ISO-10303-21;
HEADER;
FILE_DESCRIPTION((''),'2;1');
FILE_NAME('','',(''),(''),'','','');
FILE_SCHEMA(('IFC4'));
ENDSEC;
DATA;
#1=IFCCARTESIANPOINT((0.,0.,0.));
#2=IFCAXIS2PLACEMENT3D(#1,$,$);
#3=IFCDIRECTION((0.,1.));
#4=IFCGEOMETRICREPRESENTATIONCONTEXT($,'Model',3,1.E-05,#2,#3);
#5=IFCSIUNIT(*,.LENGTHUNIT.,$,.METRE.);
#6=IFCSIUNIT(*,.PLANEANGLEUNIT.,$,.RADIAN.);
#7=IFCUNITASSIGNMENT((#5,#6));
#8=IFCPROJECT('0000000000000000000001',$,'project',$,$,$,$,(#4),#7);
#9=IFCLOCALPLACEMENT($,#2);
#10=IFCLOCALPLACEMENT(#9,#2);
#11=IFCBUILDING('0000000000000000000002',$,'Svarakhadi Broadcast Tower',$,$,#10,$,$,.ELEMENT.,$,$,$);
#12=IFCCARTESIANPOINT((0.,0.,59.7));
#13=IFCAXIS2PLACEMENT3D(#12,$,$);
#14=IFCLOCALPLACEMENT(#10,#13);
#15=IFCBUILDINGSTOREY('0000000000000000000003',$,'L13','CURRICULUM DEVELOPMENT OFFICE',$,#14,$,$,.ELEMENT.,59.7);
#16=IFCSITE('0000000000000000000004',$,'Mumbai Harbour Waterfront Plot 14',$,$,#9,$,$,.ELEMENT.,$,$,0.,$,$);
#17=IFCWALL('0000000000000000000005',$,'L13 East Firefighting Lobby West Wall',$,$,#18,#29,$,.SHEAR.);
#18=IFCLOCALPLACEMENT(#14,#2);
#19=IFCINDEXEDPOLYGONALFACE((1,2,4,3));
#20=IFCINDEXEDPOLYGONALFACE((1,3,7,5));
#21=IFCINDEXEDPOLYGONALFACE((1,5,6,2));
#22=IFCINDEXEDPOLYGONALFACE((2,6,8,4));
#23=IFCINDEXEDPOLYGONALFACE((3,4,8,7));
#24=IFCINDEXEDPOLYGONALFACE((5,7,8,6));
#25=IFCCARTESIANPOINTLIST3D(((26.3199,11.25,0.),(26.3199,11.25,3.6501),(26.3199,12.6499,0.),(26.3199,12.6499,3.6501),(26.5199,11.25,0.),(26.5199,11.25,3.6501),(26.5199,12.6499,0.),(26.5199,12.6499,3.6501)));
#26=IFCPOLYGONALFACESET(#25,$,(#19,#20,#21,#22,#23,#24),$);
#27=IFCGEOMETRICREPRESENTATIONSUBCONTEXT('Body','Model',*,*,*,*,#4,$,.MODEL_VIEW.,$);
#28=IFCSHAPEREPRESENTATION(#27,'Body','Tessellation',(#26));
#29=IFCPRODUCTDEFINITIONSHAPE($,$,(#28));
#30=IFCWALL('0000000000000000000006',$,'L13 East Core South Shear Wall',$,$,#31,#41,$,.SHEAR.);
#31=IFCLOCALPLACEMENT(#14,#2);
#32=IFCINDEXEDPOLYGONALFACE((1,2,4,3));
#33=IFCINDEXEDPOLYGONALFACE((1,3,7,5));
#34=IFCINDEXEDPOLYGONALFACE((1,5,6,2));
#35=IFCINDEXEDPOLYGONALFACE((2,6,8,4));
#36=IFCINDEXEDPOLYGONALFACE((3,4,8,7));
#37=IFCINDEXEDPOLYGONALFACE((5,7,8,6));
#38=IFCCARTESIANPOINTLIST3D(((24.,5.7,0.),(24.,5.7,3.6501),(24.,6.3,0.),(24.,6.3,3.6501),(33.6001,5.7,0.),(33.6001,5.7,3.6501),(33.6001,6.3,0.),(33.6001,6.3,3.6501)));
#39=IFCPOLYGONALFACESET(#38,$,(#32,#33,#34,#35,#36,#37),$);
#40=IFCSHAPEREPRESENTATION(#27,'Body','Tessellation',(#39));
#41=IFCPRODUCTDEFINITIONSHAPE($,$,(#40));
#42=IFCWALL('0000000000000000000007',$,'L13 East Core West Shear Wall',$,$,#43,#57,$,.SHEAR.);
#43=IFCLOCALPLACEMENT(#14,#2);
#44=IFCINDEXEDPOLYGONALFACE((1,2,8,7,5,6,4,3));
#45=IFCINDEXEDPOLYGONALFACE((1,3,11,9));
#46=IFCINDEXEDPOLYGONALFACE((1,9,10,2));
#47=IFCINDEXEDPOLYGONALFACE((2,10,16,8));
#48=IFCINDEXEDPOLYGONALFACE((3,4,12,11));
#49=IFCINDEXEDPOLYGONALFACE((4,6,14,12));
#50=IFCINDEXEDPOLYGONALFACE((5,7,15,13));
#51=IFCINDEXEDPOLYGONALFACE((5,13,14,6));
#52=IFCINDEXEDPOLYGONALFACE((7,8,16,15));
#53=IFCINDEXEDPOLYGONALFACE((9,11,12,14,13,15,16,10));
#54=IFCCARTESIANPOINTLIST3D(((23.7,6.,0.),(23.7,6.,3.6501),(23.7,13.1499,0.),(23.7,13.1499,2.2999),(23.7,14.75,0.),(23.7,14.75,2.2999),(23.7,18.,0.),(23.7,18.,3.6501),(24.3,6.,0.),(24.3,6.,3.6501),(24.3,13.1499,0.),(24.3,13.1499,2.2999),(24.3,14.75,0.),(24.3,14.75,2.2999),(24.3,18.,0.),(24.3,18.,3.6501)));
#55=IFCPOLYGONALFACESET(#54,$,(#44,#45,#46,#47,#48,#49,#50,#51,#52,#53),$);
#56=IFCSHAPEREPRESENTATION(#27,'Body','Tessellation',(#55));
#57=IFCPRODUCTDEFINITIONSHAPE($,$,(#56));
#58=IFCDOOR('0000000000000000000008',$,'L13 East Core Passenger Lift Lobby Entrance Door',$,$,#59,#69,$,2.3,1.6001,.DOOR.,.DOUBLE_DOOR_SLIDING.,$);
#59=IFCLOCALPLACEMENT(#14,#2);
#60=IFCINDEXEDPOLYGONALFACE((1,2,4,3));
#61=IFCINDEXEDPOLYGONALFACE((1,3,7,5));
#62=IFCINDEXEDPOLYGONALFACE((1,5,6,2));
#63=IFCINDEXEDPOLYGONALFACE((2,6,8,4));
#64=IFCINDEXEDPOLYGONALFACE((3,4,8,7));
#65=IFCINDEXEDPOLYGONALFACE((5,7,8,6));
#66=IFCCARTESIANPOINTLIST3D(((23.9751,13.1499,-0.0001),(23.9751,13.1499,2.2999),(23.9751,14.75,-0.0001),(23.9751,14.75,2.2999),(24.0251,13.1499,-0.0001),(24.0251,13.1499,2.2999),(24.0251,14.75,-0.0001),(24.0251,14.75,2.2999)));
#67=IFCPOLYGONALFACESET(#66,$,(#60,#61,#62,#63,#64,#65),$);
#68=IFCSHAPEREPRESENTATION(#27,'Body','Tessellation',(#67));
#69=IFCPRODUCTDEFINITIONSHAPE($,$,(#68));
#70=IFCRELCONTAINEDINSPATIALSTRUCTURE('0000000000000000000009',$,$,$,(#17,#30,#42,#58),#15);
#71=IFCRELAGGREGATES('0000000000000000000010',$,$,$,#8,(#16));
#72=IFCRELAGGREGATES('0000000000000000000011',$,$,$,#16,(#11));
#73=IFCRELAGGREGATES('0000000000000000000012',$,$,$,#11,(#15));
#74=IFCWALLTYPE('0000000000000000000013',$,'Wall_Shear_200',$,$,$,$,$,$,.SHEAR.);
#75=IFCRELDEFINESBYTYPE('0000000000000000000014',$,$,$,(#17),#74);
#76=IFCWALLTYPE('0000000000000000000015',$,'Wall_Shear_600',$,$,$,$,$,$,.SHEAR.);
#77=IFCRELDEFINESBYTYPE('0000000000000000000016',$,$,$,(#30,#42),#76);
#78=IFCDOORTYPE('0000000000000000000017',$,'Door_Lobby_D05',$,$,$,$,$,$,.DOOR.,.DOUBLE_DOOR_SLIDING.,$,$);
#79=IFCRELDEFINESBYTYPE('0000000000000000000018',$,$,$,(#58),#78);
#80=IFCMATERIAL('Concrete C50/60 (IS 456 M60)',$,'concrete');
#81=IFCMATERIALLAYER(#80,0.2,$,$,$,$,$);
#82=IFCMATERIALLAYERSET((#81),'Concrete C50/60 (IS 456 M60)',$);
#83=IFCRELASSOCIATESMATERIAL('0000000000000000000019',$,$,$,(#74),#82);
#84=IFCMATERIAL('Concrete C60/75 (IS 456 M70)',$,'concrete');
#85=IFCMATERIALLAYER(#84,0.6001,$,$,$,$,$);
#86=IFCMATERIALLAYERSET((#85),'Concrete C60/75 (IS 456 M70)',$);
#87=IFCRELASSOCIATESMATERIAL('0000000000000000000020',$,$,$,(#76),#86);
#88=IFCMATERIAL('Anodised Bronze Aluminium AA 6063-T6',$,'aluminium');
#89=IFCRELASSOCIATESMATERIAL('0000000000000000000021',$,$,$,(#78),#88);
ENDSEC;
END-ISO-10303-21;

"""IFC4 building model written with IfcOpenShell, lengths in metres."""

from ifc_helpers import new_model, si_unit, direction, frame, frame_2d, origin, place, context, subcontext, project, spatial, rectangle, extrude, material, layer, layer_set, type_object, element, fill, save


model = new_model("IFC4")

# Units and contexts
model_context = context("Model", 3, precision=1e-05, world=origin(), true_north=direction((0.0, 1.0)))
body_context = subcontext(model_context, "Body", "Model", "MODEL_VIEW")
ifc_project = project(units=[si_unit("LENGTHUNIT", "METRE"), si_unit("PLANEANGLEUNIT", "RADIAN")], contexts=[model_context])

# Site, building, storey
site_placement = place(None, origin())
site = spatial("IfcSite", under=ifc_project, at=site_placement, Name="Mumbai Harbour Waterfront Plot 14", CompositionType="ELEMENT", RefElevation=0.0)
building_placement = place(site_placement, origin())
building = spatial("IfcBuilding", under=site, at=building_placement, Name="Svarakhadi Broadcast Tower", CompositionType="ELEMENT")
storey_placement = place(building_placement, frame((0.0, 0.0, 59.7)))
storey = spatial("IfcBuildingStorey", under=building, at=storey_placement, Name="L13", Description="CURRICULUM DEVELOPMENT OFFICE", CompositionType="ELEMENT", Elevation=59.7)

# Shared definitions
ifc_material_1 = material(Name="Concrete C60/75 (IS 456 M70)", Category="concrete")

# Shared definitions
ifc_material_2 = material(Name="Anodised Bronze Aluminium AA 6063-T6", Category="aluminium")

# Shared definitions
ifc_material_3 = material(Name="Concrete C50/60 (IS 456 M60)", Category="concrete")
ifc_layer_1 = layer(ifc_material_3, 0.2)
ifc_layer_set_1 = layer_set([ifc_layer_1], Name="Concrete C50/60 (IS 456 M60)")
wall_type_1 = type_object("IfcWallType", Name="Wall_Shear_200", PredefinedType="SHEAR", material=ifc_layer_set_1)

# Walls
wall_1_placement = place(storey_placement, frame((26.4199, 11.25, 0.0), z_axis=(0.0, 0.0, 1.0), x_axis=(0.0, 1.0, 0.0)))
element("IfcWall", 1, at=wall_1_placement, inside=storey, type_object=wall_type_1, Name="L13 East Firefighting Lobby West Wall", PredefinedType="SHEAR", context=body_context, shape_type="SweptSolid", body=[
    extrude(rectangle(XDim=1.3999, YDim=0.2, at=frame_2d((0.7, 0.0))), origin(), (0.0, 0.0, 1.0), 3.6501),
])
ifc_layer_2 = layer(ifc_material_1, 0.6001)
ifc_layer_set_2 = layer_set([ifc_layer_2], Name="Concrete C60/75 (IS 456 M70)")
wall_type_2 = type_object("IfcWallType", Name="Wall_Shear_600", PredefinedType="SHEAR", material=ifc_layer_set_2)
wall_2_placement = place(storey_placement, frame((24.0, 6.0, 0.0), z_axis=(0.0, 0.0, 1.0), x_axis=(1.0, 0.0, 0.0)))
element("IfcWall", 2, at=wall_2_placement, inside=storey, type_object=wall_type_2, Name="L13 East Core South Shear Wall", PredefinedType="SHEAR", context=body_context, shape_type="SweptSolid", body=[
    extrude(rectangle(XDim=9.6001, YDim=0.6001, at=frame_2d((4.8, 0.0))), origin(), (0.0, 0.0, 1.0), 3.6501),
])

# Wall, opening, door
wall_3_placement = place(storey_placement, frame((24.0, 6.0, 0.0), z_axis=(0.0, 0.0, 1.0), x_axis=(0.0, 1.0, 0.0)))
wall_3 = element("IfcWall", 3, at=wall_3_placement, inside=storey, type_object=wall_type_2, Name="L13 East Core West Shear Wall", PredefinedType="SHEAR", context=body_context, shape_type="SweptSolid", body=[
    extrude(rectangle(XDim=12.0, YDim=0.6001, at=frame_2d((6.0, 0.0))), origin(), (0.0, 0.0, 1.0), 3.6501),
])
opening_1_placement = place(wall_3_placement, frame((7.1499, 0.0, 0.0)))
opening_1 = element("IfcOpeningElement", 4, at=opening_1_placement, cuts=wall_3, PredefinedType="OPENING", context=body_context, shape_type="SweptSolid", body=[
    extrude(rectangle(XDim=1.6001, YDim=2.3, at=frame_2d((0.8, 1.1499))), frame((0.0, 0.3101, 0.0), z_axis=(0.0, -1.0, 0.0), x_axis=(1.0, 0.0, 0.0)), (0.0, 0.0, 1.0), 0.6201),
])
door_type_1 = type_object("IfcDoorType", Name="Door_Lobby_D05", OperationType="DOUBLE_DOOR_SLIDING", PredefinedType="DOOR", material=ifc_material_2)
door_1_placement = place(opening_1_placement, origin())
door_1 = element("IfcDoor", 5, at=door_1_placement, inside=storey, type_object=door_type_1, Name="L13 East Core Passenger Lift Lobby Entrance Door", OperationType="DOUBLE_DOOR_SLIDING", OverallHeight=2.3, OverallWidth=1.6001, PredefinedType="DOOR", context=body_context, shape_type="SweptSolid", body=[
    extrude(rectangle(XDim=1.6001, YDim=2.3, at=frame_2d((0.8, 1.1499))), frame((0.0, 0.0249, 0.0), z_axis=(0.0, -1.0, 0.0), x_axis=(1.0, 0.0, 0.0)), (0.0, 0.0, 1.0), 0.05),
])
fill(opening_1, door_1)

save(model, "model.ifc")
